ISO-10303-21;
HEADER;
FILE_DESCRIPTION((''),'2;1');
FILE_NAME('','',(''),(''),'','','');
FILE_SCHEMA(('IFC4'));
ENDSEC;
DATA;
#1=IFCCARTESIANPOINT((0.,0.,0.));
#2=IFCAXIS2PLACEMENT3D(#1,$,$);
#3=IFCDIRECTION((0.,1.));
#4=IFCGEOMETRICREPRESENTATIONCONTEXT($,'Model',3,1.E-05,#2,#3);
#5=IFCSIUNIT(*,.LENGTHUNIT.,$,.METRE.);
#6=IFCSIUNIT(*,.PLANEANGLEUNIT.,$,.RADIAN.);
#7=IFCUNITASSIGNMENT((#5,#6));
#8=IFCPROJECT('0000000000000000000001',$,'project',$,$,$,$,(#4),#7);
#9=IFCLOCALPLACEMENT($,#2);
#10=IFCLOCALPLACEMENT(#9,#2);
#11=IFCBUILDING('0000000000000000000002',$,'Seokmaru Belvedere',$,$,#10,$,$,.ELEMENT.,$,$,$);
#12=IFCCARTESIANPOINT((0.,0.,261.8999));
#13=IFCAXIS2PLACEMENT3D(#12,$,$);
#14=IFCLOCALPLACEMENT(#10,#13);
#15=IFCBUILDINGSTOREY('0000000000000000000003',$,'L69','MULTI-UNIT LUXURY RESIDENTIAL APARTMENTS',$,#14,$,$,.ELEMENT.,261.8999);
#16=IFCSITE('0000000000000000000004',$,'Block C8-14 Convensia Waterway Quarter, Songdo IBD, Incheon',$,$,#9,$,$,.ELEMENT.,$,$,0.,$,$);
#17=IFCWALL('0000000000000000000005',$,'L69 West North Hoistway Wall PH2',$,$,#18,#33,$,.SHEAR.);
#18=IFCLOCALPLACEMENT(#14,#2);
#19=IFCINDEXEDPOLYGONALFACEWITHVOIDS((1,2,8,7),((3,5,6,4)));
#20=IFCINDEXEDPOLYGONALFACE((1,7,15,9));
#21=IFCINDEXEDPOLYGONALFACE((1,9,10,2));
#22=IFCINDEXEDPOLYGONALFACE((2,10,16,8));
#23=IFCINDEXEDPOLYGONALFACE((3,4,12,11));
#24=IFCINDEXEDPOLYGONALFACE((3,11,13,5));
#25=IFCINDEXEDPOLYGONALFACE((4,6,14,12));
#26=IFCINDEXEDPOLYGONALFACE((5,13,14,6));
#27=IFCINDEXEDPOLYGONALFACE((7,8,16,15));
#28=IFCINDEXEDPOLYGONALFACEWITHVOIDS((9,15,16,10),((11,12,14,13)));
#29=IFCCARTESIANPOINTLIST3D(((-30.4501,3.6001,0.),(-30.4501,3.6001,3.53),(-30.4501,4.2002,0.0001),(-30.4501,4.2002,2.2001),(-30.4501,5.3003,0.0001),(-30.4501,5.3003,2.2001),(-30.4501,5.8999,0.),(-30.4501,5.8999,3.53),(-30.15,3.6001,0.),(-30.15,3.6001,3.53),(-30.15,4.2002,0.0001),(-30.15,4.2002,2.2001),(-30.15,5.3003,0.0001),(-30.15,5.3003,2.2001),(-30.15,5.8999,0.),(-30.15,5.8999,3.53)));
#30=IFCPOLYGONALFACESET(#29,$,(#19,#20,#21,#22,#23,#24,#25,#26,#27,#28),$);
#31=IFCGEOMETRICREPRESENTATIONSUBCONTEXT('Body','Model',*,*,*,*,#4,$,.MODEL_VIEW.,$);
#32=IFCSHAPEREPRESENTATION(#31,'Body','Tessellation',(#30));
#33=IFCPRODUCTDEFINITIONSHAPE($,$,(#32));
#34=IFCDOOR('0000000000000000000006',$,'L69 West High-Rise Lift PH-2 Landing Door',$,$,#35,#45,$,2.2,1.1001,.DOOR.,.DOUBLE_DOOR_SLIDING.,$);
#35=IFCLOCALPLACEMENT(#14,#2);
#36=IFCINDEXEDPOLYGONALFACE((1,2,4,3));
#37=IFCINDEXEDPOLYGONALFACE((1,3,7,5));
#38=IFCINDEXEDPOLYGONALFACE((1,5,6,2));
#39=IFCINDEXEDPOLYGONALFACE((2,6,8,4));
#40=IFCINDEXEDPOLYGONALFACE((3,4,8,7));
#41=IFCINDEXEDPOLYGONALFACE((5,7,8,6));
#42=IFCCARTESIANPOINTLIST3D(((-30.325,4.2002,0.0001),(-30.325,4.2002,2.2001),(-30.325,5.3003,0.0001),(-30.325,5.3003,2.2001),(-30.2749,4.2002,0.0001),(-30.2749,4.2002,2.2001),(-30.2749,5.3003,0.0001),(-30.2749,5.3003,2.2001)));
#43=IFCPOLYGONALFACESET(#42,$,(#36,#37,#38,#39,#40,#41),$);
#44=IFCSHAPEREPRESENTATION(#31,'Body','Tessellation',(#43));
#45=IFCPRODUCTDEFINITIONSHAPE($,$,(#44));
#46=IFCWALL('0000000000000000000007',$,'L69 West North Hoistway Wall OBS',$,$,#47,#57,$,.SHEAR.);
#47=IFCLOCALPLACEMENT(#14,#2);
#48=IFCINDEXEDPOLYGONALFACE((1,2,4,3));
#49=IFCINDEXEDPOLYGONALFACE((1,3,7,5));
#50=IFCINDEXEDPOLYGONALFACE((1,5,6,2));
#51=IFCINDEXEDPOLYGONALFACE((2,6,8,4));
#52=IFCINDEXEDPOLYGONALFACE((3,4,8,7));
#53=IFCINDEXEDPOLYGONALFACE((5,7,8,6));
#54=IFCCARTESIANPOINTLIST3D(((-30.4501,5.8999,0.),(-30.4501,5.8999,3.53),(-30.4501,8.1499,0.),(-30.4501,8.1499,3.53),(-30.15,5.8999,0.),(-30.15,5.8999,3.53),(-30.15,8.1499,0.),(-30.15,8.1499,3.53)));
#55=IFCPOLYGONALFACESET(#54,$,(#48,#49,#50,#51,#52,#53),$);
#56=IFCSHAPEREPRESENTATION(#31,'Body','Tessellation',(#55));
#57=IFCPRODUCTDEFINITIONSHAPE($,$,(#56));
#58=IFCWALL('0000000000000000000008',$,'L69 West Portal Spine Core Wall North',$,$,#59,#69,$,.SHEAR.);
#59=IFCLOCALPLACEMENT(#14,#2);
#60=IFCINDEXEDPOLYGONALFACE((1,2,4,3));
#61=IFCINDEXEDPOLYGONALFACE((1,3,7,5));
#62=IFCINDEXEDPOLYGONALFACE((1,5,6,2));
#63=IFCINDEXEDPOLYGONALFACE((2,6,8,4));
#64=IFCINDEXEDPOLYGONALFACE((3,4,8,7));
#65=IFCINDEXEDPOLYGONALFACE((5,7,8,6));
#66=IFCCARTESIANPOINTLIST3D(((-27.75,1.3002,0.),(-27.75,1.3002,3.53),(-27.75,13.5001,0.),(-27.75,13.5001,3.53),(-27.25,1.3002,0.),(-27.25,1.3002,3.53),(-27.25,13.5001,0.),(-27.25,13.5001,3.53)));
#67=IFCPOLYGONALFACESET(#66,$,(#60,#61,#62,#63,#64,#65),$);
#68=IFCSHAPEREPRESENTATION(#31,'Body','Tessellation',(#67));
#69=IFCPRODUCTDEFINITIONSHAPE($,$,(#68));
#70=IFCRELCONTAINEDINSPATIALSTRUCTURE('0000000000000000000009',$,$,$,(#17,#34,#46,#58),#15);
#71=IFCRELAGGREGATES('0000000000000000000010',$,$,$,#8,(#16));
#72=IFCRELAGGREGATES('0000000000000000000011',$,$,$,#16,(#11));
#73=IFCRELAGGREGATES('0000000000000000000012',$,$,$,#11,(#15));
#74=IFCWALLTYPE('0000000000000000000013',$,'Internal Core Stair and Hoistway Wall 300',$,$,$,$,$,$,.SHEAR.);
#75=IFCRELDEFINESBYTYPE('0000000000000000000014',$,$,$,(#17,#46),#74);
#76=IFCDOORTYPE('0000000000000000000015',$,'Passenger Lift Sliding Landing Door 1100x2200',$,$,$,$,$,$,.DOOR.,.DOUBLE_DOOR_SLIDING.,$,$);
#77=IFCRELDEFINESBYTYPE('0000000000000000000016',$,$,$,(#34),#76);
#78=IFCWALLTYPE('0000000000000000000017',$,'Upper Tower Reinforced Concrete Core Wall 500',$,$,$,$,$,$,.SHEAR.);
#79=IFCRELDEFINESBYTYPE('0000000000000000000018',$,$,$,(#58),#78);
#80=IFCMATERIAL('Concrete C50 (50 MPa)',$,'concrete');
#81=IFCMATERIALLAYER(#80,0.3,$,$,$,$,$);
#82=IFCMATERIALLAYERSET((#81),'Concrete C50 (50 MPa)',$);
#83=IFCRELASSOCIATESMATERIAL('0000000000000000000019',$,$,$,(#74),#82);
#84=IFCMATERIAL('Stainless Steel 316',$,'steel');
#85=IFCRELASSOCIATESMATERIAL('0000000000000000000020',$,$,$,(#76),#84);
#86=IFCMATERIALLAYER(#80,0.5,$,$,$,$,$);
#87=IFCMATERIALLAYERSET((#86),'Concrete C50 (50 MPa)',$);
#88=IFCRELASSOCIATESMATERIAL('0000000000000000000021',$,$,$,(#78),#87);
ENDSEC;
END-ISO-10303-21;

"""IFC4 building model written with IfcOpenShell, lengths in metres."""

from ifc_helpers import new_model, si_unit, direction, frame, frame_2d, origin, place, context, subcontext, project, spatial, rectangle, extrude, source, transform, mapped, material, layer, layer_set, type_object, type_shapes, element, fill, save


model = new_model("IFC4")

# Units and contexts
model_context = context("Model", 3, precision=1e-05, world=origin(), true_north=direction((0.0, 1.0)))
body_context = subcontext(model_context, "Body", "Model", "MODEL_VIEW")
ifc_project = project(units=[si_unit("LENGTHUNIT", "METRE"), si_unit("PLANEANGLEUNIT", "RADIAN")], contexts=[model_context])

# Site, building, storey
site_placement = place(None, origin())
site = spatial("IfcSite", under=ifc_project, at=site_placement, Name="Block C8-14 Convensia Waterway Quarter, Songdo IBD, Incheon", CompositionType="ELEMENT", RefElevation=0.0)
building_placement = place(site_placement, origin())
building = spatial("IfcBuilding", under=site, at=building_placement, Name="Seokmaru Belvedere", CompositionType="ELEMENT")
storey_placement = place(building_placement, frame((0.0, 0.0, 261.8999)))
storey = spatial("IfcBuildingStorey", under=building, at=storey_placement, Name="L69", Description="MULTI-UNIT LUXURY RESIDENTIAL APARTMENTS", CompositionType="ELEMENT", Elevation=261.8999)

# Shared definitions
ifc_material_1 = material(Name="Concrete C50 (50 MPa)", Category="concrete")

# Wall, opening, door
ifc_layer_1 = layer(ifc_material_1, 0.3)
ifc_layer_set_1 = layer_set([ifc_layer_1], Name="Concrete C50 (50 MPa)")
wall_type_1 = type_object("IfcWallType", Name="Internal Core Stair and Hoistway Wall 300", PredefinedType="SHEAR", material=ifc_layer_set_1)
ifc_material_2 = material(Name="Stainless Steel 316", Category="steel")
door_type_1 = type_object("IfcDoorType", Name="Passenger Lift Sliding Landing Door 1100x2200", OperationType="DOUBLE_DOOR_SLIDING", PredefinedType="DOOR", material=ifc_material_2)
shared_shape_1 = source(origin(), body_context, "Body", "SweptSolid", [
    extrude(rectangle(XDim=1.1001, YDim=2.2, at=frame_2d((0.55, 1.1001))), frame((0.0, 0.0249, 0.0), z_axis=(0.0, -1.0, 0.0), x_axis=(1.0, 0.0, 0.0)), (0.0, 0.0, 1.0), 0.05),
])
type_shapes(door_type_1, [shared_shape_1])
wall_1_placement = place(storey_placement, frame((-30.3, 3.6001, 0.0), z_axis=(0.0, 0.0, 1.0), x_axis=(0.0, 1.0, 0.0)))
wall_1 = element("IfcWall", 1, at=wall_1_placement, inside=storey, type_object=wall_type_1, Name="L69 West North Hoistway Wall PH2", PredefinedType="SHEAR", context=body_context, shape_type="SweptSolid", body=[
    extrude(rectangle(XDim=2.2998, YDim=0.3, at=frame_2d((1.1499, 0.0))), origin(), (0.0, 0.0, 1.0), 3.53),
])
opening_1_placement = place(wall_1_placement, frame((0.6001, 0.0, 0.0)))
opening_1 = element("IfcOpeningElement", 2, at=opening_1_placement, cuts=wall_1, PredefinedType="OPENING", context=body_context, shape_type="SweptSolid", body=[
    extrude(rectangle(XDim=1.1001, YDim=2.2, at=frame_2d((0.55, 1.1001))), frame((0.0, 0.1602, 0.0), z_axis=(0.0, -1.0, 0.0), x_axis=(1.0, 0.0, 0.0)), (0.0, 0.0, 1.0), 0.3201),
])
door_1_placement = place(opening_1_placement, origin())
door_1 = element("IfcDoor", 3, at=door_1_placement, inside=storey, type_object=door_type_1, Name="L69 West High-Rise Lift PH-2 Landing Door", OperationType="DOUBLE_DOOR_SLIDING", OverallHeight=2.2, OverallWidth=1.1001, PredefinedType="DOOR", context=body_context, shape_type="MappedRepresentation", body=[
    mapped(shared_shape_1, transform((0.0, 0.0, 0.0), scale=1.0)),
])
fill(opening_1, door_1)

# Wall
wall_2_placement = place(storey_placement, frame((-30.3, 5.8999, 0.0), z_axis=(0.0, 0.0, 1.0), x_axis=(0.0, 1.0, 0.0)))
element("IfcWall", 4, at=wall_2_placement, inside=storey, type_object=wall_type_1, Name="L69 West North Hoistway Wall OBS", PredefinedType="SHEAR", context=body_context, shape_type="SweptSolid", body=[
    extrude(rectangle(XDim=2.25, YDim=0.3, at=frame_2d((1.125, 0.0))), origin(), (0.0, 0.0, 1.0), 3.53),
])

# Wall
ifc_layer_2 = layer(ifc_material_1, 0.5)
ifc_layer_set_2 = layer_set([ifc_layer_2], Name="Concrete C50 (50 MPa)")
wall_type_2 = type_object("IfcWallType", Name="Upper Tower Reinforced Concrete Core Wall 500", PredefinedType="SHEAR", material=ifc_layer_set_2)
wall_3_placement = place(storey_placement, frame((-27.5, 1.3, 0.0), z_axis=(0.0, 0.0, 1.0), x_axis=(0.0, 1.0, 0.0)))
element("IfcWall", 5, at=wall_3_placement, inside=storey, type_object=wall_type_2, Name="L69 West Portal Spine Core Wall North", PredefinedType="SHEAR", context=body_context, shape_type="SweptSolid", body=[
    extrude(rectangle(XDim=12.2, YDim=0.5, at=frame_2d((6.1001, 0.0))), origin(), (0.0, 0.0, 1.0), 3.53),
])

save(model, "model.ifc")
